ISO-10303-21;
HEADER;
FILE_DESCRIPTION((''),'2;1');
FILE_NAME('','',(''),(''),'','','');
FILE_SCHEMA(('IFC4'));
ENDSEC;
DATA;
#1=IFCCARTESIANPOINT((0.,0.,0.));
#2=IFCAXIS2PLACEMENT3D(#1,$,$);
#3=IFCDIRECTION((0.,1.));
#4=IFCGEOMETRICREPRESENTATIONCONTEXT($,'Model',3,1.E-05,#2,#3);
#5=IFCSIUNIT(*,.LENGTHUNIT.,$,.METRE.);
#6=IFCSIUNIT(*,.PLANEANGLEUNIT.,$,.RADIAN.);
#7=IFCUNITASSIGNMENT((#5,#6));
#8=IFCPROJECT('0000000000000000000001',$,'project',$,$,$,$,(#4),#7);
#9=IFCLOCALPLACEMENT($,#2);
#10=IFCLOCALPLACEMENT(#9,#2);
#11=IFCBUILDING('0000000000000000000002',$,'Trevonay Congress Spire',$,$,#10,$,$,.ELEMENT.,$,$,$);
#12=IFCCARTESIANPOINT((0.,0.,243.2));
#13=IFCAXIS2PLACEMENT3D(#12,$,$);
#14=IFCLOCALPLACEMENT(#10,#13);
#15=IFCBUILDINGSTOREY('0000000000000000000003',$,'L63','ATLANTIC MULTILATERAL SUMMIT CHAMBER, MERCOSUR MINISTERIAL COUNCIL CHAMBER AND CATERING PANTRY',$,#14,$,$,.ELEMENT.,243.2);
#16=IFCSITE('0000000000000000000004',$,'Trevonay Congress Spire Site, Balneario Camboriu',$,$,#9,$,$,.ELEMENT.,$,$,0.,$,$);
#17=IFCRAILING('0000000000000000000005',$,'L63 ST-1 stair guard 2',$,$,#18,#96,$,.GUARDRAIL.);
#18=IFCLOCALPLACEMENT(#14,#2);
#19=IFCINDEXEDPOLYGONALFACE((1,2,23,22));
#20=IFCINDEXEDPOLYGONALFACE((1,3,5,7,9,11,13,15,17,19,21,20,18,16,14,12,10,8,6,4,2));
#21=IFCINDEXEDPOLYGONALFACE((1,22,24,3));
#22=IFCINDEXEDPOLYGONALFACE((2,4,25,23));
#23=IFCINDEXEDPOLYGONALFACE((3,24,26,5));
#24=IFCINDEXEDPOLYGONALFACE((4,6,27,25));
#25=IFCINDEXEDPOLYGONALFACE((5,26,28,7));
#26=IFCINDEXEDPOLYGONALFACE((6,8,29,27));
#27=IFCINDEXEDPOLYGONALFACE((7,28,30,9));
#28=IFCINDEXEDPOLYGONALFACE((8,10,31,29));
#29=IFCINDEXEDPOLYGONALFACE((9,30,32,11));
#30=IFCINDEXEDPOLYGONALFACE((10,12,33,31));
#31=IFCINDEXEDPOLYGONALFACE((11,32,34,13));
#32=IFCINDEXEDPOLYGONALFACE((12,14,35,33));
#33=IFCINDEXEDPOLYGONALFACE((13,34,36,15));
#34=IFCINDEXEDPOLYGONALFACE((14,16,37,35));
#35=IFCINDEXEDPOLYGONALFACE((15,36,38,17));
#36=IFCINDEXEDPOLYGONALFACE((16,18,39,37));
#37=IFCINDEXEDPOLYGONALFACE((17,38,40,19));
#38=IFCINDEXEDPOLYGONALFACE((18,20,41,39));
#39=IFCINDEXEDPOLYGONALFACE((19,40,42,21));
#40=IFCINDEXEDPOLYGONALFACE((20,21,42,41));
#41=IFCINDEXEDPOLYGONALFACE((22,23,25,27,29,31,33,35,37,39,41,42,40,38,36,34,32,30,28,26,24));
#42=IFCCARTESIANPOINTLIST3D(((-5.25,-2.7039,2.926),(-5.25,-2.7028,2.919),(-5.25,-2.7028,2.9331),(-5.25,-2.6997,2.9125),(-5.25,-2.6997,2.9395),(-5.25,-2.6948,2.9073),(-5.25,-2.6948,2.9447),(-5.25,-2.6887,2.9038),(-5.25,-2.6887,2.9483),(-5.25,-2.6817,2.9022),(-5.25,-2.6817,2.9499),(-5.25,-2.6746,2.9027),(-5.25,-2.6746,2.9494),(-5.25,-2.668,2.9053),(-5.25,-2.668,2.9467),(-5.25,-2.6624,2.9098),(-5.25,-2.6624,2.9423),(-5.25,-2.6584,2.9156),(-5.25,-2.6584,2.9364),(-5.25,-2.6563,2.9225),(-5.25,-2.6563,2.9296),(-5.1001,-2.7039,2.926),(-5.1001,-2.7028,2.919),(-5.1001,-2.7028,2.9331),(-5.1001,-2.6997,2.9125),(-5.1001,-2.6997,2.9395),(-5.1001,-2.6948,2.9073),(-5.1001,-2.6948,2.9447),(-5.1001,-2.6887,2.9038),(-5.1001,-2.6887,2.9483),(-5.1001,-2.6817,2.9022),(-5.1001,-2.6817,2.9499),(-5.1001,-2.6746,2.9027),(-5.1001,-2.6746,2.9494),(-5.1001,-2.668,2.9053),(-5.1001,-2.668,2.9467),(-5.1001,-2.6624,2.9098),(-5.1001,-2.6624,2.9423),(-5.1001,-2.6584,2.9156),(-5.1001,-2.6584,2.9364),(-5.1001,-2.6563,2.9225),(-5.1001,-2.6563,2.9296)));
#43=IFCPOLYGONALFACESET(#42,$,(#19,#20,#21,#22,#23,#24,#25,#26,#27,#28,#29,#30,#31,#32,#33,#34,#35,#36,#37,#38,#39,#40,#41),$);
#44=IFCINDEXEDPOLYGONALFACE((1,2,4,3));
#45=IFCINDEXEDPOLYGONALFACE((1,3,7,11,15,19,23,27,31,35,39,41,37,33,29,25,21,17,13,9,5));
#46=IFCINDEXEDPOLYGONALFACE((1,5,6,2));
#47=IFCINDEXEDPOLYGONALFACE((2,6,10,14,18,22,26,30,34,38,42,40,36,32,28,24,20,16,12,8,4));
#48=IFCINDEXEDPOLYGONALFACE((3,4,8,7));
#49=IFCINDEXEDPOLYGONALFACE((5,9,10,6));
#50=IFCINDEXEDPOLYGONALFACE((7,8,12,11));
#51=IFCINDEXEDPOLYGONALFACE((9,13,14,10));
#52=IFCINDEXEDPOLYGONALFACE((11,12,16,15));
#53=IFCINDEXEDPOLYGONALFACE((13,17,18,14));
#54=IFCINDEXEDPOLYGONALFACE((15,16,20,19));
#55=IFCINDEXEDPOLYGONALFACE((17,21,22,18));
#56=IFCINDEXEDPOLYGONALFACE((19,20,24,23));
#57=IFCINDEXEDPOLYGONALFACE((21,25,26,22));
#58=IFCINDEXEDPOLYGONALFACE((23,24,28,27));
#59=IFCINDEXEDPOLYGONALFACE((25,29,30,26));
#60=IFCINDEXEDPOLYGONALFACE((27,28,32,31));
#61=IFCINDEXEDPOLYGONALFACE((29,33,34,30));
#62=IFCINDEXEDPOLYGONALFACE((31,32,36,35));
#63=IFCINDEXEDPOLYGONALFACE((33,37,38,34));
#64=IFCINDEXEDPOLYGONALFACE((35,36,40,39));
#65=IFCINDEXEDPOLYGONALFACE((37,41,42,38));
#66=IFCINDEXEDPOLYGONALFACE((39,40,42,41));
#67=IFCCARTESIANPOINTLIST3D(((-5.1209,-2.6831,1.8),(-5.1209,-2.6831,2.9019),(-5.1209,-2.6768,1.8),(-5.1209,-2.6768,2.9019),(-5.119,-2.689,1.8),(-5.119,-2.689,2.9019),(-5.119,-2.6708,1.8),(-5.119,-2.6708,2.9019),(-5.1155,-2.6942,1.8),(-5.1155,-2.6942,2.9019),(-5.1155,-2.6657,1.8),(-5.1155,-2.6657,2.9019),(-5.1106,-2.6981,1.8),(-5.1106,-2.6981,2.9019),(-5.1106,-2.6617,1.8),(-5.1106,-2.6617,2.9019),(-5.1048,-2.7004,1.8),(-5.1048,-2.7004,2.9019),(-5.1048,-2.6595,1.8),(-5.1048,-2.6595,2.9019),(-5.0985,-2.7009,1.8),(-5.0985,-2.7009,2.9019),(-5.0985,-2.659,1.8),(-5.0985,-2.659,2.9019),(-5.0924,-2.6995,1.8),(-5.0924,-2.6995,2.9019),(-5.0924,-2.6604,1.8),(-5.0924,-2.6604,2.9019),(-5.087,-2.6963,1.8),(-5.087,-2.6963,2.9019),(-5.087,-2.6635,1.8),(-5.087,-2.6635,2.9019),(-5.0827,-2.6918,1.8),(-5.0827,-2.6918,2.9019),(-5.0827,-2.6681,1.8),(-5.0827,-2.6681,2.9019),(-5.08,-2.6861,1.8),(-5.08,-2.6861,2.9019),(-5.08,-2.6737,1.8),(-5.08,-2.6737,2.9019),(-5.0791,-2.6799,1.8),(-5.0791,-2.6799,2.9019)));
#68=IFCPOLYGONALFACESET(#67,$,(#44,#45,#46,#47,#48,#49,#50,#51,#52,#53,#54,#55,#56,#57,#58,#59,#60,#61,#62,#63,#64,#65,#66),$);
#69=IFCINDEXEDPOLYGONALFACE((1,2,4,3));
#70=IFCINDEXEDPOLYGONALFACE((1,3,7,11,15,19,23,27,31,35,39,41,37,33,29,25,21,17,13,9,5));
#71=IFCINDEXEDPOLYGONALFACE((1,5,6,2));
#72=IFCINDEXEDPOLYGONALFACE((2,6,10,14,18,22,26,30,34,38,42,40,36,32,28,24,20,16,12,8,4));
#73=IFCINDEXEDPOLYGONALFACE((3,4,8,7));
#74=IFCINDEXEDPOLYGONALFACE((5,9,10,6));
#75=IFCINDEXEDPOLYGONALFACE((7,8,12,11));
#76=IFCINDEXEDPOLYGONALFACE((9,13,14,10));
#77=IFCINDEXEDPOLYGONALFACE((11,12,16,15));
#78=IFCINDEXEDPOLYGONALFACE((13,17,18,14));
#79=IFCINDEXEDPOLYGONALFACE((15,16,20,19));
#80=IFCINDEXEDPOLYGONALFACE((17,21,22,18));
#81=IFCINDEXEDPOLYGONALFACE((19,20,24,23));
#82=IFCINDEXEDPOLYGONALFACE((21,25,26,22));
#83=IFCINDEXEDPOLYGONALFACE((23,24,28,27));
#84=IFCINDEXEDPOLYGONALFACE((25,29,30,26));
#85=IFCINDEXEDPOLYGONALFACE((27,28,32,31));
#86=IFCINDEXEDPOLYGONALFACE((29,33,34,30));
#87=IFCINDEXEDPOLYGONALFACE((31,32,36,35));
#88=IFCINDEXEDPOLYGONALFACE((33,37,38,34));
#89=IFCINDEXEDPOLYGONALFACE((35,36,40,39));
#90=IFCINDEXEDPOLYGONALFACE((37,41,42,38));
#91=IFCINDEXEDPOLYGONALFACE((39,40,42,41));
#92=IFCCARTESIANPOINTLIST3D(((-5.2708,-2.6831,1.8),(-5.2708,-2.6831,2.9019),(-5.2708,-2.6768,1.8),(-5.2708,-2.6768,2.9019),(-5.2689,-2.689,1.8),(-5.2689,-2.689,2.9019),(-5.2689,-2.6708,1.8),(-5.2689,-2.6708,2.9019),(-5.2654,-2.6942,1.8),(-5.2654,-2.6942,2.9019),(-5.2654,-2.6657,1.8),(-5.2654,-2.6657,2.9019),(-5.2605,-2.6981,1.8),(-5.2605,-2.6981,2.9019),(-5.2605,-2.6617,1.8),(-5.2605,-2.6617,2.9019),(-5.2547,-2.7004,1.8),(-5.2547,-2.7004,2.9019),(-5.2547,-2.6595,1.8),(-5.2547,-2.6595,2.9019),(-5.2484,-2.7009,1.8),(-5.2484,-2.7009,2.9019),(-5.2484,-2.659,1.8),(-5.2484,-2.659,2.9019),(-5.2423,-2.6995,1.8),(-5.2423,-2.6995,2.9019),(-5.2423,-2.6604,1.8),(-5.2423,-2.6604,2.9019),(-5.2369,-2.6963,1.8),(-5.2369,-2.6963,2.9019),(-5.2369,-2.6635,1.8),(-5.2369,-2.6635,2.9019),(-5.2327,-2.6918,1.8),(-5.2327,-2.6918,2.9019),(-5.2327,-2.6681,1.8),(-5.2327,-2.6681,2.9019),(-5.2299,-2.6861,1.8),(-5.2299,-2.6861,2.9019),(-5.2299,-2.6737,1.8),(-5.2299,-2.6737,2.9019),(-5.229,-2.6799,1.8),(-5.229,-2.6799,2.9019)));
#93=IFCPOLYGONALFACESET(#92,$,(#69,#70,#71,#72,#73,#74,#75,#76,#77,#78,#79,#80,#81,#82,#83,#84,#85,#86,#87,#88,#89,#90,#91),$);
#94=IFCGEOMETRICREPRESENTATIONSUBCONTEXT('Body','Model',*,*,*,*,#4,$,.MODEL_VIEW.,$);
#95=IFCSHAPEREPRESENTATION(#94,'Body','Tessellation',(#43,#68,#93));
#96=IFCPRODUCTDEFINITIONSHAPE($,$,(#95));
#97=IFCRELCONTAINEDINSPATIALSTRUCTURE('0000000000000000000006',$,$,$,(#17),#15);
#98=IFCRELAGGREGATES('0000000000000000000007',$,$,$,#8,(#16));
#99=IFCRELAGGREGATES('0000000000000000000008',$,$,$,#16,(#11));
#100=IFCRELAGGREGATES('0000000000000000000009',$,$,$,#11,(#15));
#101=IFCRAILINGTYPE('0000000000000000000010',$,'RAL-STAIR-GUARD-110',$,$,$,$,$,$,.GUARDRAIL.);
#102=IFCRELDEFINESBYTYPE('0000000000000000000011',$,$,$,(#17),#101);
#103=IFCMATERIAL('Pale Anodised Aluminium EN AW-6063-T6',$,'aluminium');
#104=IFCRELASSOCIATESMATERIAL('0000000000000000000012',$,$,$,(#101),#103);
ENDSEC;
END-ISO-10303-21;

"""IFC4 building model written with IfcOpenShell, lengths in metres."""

from ifc_helpers import new_model, si_unit, direction, frame, origin, origin_2d, place, context, subcontext, project, spatial, circle, extrude, material, type_object, element, save


model = new_model("IFC4")

# Units and contexts
model_context = context("Model", 3, precision=1e-05, world=origin(), true_north=direction((0.0, 1.0)))
body_context = subcontext(model_context, "Body", "Model", "MODEL_VIEW")
ifc_project = project(units=[si_unit("LENGTHUNIT", "METRE"), si_unit("PLANEANGLEUNIT", "RADIAN")], contexts=[model_context])

# Site, building, storey
site_placement = place(None, origin())
site = spatial("IfcSite", under=ifc_project, at=site_placement, Name="Trevonay Congress Spire Site, Balneario Camboriu", CompositionType="ELEMENT", RefElevation=0.0)
building_placement = place(site_placement, origin())
building = spatial("IfcBuilding", under=site, at=building_placement, Name="Trevonay Congress Spire", CompositionType="ELEMENT")
storey_placement = place(building_placement, frame((0.0, 0.0, 243.2)))
storey = spatial("IfcBuildingStorey", under=building, at=storey_placement, Name="L63", Description="ATLANTIC MULTILATERAL SUMMIT CHAMBER, MERCOSUR MINISTERIAL COUNCIL CHAMBER AND CATERING PANTRY", CompositionType="ELEMENT", Elevation=243.2)

# Railing
ifc_material_1 = material(Name="Pale Anodised Aluminium EN AW-6063-T6", Category="aluminium")
railing_type_1 = type_object("IfcRailingType", Name="RAL-STAIR-GUARD-110", PredefinedType="GUARDRAIL", material=ifc_material_1)
railing_1_placement = place(storey_placement, frame((-5.1001, -2.6799, 1.8)))
element("IfcRailing", 1, at=railing_1_placement, inside=storey, type_object=railing_type_1, Name="L63 ST-1 stair guard 2", PredefinedType="GUARDRAIL", context=body_context, shape_type="SweptSolid", body=[
    extrude(circle(Radius=0.0239, at=origin_2d()), frame((0.0, 0.0, 1.126), z_axis=(-1.0, 0.0, 0.0), x_axis=(0.0, -1.0, 0.0)), (0.0, 0.0, 1.0), 0.1499),
    extrude(circle(Radius=0.021, at=origin_2d()), origin(), (0.0, 0.0, 1.0), 1.1018),
    extrude(circle(Radius=0.021, at=origin_2d()), frame((-0.1499, 0.0, 0.0)), (0.0, 0.0, 1.0), 1.1018),
])

save(model, "model.ifc")
